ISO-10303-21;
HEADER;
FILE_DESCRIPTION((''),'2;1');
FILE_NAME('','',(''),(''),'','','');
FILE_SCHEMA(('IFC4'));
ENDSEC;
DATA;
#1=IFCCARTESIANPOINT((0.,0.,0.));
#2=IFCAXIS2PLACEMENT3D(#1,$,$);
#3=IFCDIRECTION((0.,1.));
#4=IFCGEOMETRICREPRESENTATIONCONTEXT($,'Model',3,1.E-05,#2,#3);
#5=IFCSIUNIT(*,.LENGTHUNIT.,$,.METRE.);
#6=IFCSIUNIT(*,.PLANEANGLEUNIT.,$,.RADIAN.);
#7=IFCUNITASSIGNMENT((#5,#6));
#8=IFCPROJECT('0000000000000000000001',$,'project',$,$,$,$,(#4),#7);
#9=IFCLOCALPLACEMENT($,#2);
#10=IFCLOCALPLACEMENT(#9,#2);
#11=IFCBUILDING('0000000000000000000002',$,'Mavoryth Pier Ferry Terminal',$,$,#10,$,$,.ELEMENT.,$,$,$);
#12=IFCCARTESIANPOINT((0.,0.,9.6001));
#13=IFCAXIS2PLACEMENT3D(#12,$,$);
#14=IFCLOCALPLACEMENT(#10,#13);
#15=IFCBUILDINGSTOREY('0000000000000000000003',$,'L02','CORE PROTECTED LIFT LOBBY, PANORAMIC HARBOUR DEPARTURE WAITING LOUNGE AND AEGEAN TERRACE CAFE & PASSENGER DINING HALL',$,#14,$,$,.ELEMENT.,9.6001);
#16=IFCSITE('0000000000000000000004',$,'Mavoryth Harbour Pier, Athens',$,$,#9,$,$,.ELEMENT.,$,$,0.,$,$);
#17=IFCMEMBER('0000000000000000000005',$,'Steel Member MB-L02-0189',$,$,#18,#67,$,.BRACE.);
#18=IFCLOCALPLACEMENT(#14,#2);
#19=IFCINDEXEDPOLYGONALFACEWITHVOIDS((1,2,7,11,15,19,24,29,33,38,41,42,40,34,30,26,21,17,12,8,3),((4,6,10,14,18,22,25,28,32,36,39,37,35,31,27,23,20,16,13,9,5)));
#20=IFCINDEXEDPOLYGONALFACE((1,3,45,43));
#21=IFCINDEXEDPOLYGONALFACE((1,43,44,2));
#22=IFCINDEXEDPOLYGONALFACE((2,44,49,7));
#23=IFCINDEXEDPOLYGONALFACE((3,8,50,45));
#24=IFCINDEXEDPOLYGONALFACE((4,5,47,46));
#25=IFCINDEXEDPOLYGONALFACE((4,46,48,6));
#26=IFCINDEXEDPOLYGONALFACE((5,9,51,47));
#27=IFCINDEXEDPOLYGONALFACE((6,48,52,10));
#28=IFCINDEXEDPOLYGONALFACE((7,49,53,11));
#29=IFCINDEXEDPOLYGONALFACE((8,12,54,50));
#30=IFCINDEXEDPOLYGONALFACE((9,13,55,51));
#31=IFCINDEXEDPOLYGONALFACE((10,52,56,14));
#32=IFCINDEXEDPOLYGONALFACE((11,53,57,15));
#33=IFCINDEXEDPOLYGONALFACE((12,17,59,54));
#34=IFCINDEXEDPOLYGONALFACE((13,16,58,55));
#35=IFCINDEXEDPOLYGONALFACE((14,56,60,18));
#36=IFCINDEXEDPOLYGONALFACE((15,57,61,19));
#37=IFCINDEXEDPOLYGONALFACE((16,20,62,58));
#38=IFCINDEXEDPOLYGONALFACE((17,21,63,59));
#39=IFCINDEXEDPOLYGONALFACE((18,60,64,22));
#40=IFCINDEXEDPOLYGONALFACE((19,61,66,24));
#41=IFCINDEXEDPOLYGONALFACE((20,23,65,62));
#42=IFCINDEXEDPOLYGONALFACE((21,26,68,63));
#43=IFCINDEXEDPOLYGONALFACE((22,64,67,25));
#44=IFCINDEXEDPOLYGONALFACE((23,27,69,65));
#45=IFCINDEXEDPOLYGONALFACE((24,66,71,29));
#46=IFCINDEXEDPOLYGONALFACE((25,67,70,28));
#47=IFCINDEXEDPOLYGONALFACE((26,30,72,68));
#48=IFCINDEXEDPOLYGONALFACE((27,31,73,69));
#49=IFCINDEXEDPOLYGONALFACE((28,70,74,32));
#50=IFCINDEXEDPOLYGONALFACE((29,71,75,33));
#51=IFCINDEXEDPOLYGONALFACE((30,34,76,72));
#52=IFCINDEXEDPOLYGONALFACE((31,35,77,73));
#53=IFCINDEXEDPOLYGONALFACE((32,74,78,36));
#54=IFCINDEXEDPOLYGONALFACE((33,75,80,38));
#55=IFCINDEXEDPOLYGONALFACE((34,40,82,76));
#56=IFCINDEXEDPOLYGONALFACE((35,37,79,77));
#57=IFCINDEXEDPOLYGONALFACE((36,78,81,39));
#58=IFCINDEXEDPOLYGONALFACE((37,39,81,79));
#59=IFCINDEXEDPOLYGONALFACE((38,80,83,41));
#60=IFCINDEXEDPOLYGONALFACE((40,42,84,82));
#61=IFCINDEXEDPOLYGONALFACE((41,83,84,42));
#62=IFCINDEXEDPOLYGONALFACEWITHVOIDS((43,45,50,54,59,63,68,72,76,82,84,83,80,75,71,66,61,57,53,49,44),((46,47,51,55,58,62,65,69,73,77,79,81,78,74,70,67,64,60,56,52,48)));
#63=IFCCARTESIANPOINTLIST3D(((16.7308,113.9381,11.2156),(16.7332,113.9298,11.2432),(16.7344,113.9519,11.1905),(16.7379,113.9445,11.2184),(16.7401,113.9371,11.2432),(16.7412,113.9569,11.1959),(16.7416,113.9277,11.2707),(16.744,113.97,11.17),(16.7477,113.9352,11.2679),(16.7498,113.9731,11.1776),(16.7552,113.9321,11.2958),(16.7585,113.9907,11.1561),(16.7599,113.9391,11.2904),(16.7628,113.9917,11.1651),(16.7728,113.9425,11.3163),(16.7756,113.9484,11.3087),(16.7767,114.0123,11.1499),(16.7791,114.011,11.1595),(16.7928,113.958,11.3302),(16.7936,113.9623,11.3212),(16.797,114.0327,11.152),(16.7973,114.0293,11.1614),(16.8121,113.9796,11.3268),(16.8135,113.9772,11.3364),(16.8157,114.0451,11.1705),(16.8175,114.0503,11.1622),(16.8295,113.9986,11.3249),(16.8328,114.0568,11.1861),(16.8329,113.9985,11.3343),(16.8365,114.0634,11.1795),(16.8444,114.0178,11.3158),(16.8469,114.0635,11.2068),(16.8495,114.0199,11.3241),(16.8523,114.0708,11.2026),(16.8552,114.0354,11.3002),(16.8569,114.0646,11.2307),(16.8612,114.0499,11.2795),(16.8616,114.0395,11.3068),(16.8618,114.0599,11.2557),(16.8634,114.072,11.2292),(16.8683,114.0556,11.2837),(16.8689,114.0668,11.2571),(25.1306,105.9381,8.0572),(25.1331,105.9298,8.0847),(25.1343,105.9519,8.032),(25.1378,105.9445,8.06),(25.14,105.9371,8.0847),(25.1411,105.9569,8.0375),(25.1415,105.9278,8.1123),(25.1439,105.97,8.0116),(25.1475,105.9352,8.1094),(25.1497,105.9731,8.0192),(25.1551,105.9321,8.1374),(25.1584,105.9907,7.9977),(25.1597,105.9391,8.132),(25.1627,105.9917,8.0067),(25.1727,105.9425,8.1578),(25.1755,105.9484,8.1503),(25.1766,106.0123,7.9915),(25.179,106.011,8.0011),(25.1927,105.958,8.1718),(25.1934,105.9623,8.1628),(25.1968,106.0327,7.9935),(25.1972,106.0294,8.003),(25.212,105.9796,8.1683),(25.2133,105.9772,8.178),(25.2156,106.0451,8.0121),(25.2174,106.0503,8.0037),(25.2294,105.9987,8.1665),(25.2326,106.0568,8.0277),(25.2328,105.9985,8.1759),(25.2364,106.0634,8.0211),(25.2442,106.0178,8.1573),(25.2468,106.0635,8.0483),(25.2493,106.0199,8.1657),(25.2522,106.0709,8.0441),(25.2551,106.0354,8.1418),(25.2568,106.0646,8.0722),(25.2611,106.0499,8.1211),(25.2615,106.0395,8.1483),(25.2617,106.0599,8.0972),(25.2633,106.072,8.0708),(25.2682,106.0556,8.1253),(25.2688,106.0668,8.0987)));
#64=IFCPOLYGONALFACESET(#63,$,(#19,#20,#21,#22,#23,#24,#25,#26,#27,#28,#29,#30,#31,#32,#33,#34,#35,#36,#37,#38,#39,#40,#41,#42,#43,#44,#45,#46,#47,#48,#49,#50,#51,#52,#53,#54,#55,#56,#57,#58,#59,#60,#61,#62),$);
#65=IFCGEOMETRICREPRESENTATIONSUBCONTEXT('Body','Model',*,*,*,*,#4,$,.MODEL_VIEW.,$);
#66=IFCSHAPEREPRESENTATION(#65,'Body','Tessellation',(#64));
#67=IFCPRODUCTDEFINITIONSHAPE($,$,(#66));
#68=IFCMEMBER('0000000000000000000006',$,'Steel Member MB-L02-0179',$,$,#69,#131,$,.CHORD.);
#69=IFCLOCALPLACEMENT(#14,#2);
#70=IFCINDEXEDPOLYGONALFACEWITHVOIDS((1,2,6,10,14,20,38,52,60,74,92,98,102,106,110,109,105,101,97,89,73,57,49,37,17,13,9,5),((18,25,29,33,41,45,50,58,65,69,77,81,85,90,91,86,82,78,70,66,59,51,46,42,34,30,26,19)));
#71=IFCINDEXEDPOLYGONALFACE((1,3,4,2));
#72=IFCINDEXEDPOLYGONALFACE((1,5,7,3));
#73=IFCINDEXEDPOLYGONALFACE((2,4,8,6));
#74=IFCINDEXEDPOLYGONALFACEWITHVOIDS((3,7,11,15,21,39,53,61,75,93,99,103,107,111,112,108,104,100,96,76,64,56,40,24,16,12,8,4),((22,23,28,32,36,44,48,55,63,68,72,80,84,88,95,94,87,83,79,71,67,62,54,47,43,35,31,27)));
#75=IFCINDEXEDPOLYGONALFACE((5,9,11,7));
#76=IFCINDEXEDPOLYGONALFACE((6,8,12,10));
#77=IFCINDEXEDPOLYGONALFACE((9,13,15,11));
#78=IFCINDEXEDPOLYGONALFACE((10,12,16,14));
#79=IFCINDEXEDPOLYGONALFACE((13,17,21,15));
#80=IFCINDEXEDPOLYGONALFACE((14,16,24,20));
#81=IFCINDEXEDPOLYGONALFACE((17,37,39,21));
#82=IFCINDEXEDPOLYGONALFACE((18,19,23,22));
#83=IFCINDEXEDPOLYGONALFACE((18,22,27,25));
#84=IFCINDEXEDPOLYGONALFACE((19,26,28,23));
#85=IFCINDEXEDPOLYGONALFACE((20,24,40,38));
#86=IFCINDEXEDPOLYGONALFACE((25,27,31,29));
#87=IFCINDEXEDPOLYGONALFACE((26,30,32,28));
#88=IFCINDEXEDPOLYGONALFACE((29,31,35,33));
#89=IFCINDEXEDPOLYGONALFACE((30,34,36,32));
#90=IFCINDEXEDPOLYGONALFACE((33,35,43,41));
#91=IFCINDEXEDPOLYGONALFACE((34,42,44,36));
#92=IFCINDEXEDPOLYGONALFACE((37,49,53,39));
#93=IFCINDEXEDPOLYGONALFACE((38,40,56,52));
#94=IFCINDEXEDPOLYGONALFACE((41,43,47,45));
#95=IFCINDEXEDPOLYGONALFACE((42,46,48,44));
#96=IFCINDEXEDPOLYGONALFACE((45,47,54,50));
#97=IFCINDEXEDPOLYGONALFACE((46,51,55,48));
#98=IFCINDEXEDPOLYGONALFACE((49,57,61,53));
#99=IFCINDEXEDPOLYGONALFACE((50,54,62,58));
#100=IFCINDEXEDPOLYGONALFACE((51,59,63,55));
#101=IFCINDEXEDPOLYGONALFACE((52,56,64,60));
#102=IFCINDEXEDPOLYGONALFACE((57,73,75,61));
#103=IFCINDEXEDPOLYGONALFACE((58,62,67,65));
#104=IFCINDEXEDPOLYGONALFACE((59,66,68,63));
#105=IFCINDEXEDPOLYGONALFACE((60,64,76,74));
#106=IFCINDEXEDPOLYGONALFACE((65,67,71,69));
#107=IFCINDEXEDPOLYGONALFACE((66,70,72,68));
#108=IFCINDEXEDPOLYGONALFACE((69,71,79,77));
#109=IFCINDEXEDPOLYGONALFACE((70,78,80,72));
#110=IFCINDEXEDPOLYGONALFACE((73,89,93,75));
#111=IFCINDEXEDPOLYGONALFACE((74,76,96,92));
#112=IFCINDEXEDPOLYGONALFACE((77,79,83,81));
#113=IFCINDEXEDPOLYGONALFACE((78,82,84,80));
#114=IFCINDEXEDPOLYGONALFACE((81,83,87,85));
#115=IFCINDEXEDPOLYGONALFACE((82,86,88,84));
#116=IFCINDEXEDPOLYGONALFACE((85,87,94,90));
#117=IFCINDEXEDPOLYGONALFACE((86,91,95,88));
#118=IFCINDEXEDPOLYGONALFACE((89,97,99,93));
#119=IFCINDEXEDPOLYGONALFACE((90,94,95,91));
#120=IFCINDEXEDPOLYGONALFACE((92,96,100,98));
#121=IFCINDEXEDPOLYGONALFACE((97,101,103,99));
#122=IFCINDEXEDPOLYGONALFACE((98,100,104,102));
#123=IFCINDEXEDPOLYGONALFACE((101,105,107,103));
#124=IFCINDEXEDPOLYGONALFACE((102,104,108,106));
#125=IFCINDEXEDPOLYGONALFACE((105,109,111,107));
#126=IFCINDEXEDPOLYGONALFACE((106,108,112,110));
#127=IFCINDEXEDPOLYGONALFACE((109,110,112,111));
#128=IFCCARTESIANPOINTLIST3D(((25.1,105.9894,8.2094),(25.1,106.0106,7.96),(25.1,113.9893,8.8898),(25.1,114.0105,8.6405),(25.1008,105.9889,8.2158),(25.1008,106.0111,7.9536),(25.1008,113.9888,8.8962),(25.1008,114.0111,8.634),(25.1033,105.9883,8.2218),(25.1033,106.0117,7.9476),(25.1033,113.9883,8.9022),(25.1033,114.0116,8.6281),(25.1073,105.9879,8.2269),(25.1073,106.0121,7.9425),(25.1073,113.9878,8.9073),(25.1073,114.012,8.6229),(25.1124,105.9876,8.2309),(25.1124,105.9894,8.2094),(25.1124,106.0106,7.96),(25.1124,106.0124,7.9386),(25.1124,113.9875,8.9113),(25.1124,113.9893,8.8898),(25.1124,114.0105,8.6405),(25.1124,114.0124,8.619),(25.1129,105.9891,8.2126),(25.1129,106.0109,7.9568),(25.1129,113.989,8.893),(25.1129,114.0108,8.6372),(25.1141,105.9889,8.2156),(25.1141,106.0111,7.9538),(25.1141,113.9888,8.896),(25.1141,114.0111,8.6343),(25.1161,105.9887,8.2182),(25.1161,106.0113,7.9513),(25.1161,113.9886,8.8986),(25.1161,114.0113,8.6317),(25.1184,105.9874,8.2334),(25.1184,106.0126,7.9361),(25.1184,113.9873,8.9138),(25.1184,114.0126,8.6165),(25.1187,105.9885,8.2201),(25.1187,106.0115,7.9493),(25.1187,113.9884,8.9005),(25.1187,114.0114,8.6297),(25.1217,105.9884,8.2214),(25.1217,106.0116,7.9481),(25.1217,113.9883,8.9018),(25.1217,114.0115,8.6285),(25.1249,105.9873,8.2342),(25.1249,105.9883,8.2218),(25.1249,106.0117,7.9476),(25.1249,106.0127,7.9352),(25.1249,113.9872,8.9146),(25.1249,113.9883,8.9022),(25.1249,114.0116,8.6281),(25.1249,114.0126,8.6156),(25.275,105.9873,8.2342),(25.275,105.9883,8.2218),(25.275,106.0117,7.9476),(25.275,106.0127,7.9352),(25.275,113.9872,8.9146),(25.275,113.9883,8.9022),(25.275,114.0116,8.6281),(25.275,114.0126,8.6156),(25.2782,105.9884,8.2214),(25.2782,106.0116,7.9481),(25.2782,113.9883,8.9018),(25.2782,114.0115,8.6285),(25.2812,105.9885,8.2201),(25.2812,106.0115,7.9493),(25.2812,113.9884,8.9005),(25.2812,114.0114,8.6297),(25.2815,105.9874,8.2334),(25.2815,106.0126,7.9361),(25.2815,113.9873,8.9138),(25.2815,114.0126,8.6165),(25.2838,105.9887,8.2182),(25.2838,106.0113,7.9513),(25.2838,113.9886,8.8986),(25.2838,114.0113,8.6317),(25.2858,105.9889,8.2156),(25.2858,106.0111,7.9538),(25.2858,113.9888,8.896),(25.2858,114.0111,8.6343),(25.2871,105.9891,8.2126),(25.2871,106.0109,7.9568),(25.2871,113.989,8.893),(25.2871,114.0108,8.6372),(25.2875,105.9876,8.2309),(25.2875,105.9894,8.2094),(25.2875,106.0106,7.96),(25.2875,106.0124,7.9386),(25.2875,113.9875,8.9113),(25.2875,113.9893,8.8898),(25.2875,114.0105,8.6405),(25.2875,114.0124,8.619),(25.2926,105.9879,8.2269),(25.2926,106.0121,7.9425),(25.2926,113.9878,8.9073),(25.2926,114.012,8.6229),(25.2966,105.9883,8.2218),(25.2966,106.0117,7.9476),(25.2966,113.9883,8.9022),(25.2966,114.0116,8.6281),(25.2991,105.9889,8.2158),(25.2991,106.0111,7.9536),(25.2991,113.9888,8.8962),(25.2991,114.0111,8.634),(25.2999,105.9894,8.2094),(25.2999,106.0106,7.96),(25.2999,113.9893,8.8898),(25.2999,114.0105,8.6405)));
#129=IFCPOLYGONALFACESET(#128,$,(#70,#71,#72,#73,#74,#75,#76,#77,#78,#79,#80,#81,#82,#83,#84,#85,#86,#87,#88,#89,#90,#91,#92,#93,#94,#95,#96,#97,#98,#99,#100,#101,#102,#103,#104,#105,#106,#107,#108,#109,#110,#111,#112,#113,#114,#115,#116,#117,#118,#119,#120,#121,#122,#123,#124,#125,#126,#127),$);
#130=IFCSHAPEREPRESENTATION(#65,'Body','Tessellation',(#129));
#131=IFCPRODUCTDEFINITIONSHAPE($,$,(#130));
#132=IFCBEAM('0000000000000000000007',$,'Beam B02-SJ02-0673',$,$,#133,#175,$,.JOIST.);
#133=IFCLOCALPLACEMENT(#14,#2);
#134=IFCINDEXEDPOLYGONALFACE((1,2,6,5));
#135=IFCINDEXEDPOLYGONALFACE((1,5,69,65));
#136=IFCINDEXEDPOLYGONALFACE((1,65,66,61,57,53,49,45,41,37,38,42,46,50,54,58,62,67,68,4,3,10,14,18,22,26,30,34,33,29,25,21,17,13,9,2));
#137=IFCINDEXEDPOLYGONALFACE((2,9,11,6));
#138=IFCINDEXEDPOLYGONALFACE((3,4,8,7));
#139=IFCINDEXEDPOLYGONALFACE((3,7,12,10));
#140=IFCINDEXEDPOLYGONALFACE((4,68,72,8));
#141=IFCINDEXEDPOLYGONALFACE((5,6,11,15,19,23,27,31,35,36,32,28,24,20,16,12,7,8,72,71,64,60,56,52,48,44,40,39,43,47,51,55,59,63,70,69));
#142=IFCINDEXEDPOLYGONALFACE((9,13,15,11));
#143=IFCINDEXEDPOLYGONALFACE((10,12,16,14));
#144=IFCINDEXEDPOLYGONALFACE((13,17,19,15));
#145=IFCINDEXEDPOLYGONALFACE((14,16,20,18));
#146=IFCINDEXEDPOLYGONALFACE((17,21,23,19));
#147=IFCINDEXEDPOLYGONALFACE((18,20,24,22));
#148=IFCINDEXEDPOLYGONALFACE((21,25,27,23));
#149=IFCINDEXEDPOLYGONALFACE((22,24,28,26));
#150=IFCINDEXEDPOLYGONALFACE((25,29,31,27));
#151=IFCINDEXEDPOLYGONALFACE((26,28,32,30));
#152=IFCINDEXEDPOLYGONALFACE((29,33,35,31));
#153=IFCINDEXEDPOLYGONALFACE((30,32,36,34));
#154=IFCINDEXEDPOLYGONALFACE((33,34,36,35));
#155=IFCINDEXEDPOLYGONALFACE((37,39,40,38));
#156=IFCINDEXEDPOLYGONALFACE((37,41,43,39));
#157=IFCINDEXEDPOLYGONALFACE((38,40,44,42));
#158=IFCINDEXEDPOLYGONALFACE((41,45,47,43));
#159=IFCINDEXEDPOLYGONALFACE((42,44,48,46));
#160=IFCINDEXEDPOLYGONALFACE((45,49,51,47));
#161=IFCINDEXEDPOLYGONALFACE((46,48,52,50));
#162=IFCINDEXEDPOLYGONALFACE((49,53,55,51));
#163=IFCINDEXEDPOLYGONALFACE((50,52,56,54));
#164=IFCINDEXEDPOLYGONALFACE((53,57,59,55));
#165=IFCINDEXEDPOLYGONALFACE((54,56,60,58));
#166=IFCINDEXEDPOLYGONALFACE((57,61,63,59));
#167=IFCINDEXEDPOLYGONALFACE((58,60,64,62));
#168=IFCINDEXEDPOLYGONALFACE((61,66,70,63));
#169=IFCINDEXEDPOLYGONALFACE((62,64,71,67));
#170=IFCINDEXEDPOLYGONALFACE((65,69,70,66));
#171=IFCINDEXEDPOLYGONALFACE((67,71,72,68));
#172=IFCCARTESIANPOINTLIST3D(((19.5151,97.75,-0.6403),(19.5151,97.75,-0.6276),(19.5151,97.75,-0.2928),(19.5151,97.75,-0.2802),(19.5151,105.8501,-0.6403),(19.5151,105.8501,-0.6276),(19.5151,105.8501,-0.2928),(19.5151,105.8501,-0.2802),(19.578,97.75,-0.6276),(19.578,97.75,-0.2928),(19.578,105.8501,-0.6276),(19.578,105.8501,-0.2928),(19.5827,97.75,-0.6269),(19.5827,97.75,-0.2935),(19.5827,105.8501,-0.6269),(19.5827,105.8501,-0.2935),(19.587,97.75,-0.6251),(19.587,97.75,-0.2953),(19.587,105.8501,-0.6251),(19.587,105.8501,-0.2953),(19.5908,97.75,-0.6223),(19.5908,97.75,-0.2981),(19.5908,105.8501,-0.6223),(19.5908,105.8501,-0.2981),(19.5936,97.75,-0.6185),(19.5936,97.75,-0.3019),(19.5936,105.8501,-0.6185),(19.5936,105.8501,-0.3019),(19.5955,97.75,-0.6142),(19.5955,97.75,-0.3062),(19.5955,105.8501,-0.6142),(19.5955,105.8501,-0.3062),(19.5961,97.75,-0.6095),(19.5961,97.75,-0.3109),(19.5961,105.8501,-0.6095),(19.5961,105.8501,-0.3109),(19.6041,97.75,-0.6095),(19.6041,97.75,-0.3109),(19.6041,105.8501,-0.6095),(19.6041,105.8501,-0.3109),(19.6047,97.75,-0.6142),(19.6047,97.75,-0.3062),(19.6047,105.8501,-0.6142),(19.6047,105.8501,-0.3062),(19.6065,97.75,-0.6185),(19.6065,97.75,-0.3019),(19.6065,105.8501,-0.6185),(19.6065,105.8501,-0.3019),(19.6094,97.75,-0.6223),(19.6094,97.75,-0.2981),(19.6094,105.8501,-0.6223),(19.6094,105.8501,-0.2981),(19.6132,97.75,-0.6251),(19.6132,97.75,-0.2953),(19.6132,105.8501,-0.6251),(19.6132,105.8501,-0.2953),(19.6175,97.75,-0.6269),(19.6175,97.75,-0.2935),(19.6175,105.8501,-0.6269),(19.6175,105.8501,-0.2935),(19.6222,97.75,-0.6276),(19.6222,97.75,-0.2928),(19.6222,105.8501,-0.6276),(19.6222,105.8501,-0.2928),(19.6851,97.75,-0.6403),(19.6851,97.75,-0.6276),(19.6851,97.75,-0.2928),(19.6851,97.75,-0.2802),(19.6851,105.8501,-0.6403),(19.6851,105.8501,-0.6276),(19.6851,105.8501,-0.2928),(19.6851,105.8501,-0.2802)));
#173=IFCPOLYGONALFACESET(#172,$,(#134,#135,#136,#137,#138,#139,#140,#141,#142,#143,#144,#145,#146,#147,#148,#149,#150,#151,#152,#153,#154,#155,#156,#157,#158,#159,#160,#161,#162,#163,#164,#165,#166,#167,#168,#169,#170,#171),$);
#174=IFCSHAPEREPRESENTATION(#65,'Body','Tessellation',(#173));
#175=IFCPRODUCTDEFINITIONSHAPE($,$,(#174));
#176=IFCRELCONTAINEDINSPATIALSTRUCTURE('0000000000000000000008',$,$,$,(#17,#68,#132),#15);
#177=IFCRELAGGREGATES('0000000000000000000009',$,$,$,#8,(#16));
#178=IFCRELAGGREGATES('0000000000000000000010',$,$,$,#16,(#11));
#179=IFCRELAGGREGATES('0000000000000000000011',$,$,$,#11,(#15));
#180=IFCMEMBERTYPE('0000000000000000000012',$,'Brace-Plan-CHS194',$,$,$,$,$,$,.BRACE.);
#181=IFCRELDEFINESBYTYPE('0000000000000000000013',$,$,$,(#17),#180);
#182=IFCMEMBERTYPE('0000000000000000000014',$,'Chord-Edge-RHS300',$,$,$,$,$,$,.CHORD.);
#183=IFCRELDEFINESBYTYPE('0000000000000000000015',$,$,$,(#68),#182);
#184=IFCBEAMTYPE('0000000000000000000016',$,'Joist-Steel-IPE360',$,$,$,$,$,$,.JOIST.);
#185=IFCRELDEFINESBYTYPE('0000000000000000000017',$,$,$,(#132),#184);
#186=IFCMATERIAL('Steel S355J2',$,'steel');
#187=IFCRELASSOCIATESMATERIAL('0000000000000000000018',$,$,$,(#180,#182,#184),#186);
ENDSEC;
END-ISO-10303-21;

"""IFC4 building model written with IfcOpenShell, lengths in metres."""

from ifc_helpers import new_model, si_unit, direction, frame, origin, origin_2d, place, context, subcontext, project, spatial, hollow_rectangle, hollow_circle, i_section, extrude, material, material_profile, profile_set, type_object, element, save


model = new_model("IFC4")

# Units and contexts
model_context = context("Model", 3, precision=1e-05, world=origin(), true_north=direction((0.0, 1.0)))
body_context = subcontext(model_context, "Body", "Model", "MODEL_VIEW")
ifc_project = project(units=[si_unit("LENGTHUNIT", "METRE"), si_unit("PLANEANGLEUNIT", "RADIAN")], contexts=[model_context])

# Site, building, storey
site_placement = place(None, origin())
site = spatial("IfcSite", under=ifc_project, at=site_placement, Name="Mavoryth Harbour Pier, Athens", CompositionType="ELEMENT", RefElevation=0.0)
building_placement = place(site_placement, origin())
building = spatial("IfcBuilding", under=site, at=building_placement, Name="Mavoryth Pier Ferry Terminal", CompositionType="ELEMENT")
storey_placement = place(building_placement, frame((0.0, 0.0, 9.6001)))
storey = spatial("IfcBuildingStorey", under=building, at=storey_placement, Name="L02", Description="CORE PROTECTED LIFT LOBBY, PANORAMIC HARBOUR DEPARTURE WAITING LOUNGE AND AEGEAN TERRACE CAFE & PASSENGER DINING HALL", CompositionType="ELEMENT", Elevation=9.6001)

# Shared definitions
ifc_material_1 = material(Name="Steel S355J2", Category="steel")

# Members
ifc_material_profile_1 = material_profile(ifc_material_1, hollow_circle(Radius=0.0969, WallThickness=0.01, at=origin_2d()), Name="CHS 193.7x10.0", Category="steel")
ifc_profile_set_1 = profile_set([ifc_material_profile_1], Name="Steel S355J2 - CHS 193.7x10.0")
member_type_1 = type_object("IfcMemberType", Name="Brace-Plan-CHS194", PredefinedType="BRACE", material=ifc_profile_set_1)
member_1_placement = place(storey_placement, frame((25.2, 106.0, 8.0847), z_axis=(-0.698697, 0.665434, 0.262717), x_axis=(-0.689659, -0.724134, 0.0)))
element("IfcMember", 1, at=member_1_placement, inside=storey, type_object=member_type_1, Name="Steel Member MB-L02-0189", PredefinedType="BRACE", context=body_context, shape_type="SweptSolid", body=[
    extrude(hollow_circle(Radius=0.0969, WallThickness=0.01, at=origin_2d()), origin(), (0.0, 0.0, 1.0), 12.0222),
])
ifc_material_profile_2 = material_profile(ifc_material_1, hollow_rectangle(XDim=0.2, YDim=0.3, WallThickness=0.0125, InnerFilletRadius=0.0125, OuterFilletRadius=0.0249, at=origin_2d()), Name="RHS 300x200x12.5", Category="steel")
ifc_profile_set_2 = profile_set([ifc_material_profile_2], Name="Steel S355J2 - RHS 300x200x12.5")
member_type_2 = type_object("IfcMemberType", Name="Chord-Edge-RHS300", PredefinedType="CHORD", material=ifc_profile_set_2)
member_2_placement = place(storey_placement, frame((25.2, 106.0, 8.0847), z_axis=(0.0, 0.996403, 0.084747), x_axis=(-1.0, 0.0, 0.0)))
element("IfcMember", 2, at=member_2_placement, inside=storey, type_object=member_type_2, Name="Steel Member MB-L02-0179", PredefinedType="CHORD", context=body_context, shape_type="SweptSolid", body=[
    extrude(hollow_rectangle(XDim=0.2, YDim=0.3, WallThickness=0.0125, InnerFilletRadius=0.0125, OuterFilletRadius=0.0249, at=origin_2d()), origin(), (0.0, 0.0, 1.0), 8.0288),
])

# Beam
ifc_material_profile_3 = material_profile(ifc_material_1, i_section(OverallWidth=0.1699, OverallDepth=0.3601, WebThickness=0.0081, FlangeThickness=0.0127, FilletRadius=0.0181, at=origin_2d()), Name="IPE 360", Category="steel")
ifc_profile_set_3 = profile_set([ifc_material_profile_3], Name="Steel S355J2 - IPE 360")
beam_type_1 = type_object("IfcBeamType", Name="Joist-Steel-IPE360", PredefinedType="JOIST", material=ifc_profile_set_3)
for number, where, z_axis, x_axis, name in (
    (3, (19.6001, 97.75, -0.4602), (0.0, 1.0, 0.0), (-1.0, 0.0, 0.0), "Beam B02-SJ02-0673"),
):
    element("IfcBeam", number, at=place(storey_placement, frame(where, z_axis=z_axis, x_axis=x_axis)), inside=storey, type_object=beam_type_1, Name=name, PredefinedType="JOIST", context=body_context, shape_type="SweptSolid", body=[
        extrude(i_section(OverallWidth=0.1699, OverallDepth=0.3601, WebThickness=0.0081, FlangeThickness=0.0127, FilletRadius=0.0181, at=origin_2d()), origin(), (0.0, 0.0, 1.0), 8.1001),
    ])

save(model, "model.ifc")
